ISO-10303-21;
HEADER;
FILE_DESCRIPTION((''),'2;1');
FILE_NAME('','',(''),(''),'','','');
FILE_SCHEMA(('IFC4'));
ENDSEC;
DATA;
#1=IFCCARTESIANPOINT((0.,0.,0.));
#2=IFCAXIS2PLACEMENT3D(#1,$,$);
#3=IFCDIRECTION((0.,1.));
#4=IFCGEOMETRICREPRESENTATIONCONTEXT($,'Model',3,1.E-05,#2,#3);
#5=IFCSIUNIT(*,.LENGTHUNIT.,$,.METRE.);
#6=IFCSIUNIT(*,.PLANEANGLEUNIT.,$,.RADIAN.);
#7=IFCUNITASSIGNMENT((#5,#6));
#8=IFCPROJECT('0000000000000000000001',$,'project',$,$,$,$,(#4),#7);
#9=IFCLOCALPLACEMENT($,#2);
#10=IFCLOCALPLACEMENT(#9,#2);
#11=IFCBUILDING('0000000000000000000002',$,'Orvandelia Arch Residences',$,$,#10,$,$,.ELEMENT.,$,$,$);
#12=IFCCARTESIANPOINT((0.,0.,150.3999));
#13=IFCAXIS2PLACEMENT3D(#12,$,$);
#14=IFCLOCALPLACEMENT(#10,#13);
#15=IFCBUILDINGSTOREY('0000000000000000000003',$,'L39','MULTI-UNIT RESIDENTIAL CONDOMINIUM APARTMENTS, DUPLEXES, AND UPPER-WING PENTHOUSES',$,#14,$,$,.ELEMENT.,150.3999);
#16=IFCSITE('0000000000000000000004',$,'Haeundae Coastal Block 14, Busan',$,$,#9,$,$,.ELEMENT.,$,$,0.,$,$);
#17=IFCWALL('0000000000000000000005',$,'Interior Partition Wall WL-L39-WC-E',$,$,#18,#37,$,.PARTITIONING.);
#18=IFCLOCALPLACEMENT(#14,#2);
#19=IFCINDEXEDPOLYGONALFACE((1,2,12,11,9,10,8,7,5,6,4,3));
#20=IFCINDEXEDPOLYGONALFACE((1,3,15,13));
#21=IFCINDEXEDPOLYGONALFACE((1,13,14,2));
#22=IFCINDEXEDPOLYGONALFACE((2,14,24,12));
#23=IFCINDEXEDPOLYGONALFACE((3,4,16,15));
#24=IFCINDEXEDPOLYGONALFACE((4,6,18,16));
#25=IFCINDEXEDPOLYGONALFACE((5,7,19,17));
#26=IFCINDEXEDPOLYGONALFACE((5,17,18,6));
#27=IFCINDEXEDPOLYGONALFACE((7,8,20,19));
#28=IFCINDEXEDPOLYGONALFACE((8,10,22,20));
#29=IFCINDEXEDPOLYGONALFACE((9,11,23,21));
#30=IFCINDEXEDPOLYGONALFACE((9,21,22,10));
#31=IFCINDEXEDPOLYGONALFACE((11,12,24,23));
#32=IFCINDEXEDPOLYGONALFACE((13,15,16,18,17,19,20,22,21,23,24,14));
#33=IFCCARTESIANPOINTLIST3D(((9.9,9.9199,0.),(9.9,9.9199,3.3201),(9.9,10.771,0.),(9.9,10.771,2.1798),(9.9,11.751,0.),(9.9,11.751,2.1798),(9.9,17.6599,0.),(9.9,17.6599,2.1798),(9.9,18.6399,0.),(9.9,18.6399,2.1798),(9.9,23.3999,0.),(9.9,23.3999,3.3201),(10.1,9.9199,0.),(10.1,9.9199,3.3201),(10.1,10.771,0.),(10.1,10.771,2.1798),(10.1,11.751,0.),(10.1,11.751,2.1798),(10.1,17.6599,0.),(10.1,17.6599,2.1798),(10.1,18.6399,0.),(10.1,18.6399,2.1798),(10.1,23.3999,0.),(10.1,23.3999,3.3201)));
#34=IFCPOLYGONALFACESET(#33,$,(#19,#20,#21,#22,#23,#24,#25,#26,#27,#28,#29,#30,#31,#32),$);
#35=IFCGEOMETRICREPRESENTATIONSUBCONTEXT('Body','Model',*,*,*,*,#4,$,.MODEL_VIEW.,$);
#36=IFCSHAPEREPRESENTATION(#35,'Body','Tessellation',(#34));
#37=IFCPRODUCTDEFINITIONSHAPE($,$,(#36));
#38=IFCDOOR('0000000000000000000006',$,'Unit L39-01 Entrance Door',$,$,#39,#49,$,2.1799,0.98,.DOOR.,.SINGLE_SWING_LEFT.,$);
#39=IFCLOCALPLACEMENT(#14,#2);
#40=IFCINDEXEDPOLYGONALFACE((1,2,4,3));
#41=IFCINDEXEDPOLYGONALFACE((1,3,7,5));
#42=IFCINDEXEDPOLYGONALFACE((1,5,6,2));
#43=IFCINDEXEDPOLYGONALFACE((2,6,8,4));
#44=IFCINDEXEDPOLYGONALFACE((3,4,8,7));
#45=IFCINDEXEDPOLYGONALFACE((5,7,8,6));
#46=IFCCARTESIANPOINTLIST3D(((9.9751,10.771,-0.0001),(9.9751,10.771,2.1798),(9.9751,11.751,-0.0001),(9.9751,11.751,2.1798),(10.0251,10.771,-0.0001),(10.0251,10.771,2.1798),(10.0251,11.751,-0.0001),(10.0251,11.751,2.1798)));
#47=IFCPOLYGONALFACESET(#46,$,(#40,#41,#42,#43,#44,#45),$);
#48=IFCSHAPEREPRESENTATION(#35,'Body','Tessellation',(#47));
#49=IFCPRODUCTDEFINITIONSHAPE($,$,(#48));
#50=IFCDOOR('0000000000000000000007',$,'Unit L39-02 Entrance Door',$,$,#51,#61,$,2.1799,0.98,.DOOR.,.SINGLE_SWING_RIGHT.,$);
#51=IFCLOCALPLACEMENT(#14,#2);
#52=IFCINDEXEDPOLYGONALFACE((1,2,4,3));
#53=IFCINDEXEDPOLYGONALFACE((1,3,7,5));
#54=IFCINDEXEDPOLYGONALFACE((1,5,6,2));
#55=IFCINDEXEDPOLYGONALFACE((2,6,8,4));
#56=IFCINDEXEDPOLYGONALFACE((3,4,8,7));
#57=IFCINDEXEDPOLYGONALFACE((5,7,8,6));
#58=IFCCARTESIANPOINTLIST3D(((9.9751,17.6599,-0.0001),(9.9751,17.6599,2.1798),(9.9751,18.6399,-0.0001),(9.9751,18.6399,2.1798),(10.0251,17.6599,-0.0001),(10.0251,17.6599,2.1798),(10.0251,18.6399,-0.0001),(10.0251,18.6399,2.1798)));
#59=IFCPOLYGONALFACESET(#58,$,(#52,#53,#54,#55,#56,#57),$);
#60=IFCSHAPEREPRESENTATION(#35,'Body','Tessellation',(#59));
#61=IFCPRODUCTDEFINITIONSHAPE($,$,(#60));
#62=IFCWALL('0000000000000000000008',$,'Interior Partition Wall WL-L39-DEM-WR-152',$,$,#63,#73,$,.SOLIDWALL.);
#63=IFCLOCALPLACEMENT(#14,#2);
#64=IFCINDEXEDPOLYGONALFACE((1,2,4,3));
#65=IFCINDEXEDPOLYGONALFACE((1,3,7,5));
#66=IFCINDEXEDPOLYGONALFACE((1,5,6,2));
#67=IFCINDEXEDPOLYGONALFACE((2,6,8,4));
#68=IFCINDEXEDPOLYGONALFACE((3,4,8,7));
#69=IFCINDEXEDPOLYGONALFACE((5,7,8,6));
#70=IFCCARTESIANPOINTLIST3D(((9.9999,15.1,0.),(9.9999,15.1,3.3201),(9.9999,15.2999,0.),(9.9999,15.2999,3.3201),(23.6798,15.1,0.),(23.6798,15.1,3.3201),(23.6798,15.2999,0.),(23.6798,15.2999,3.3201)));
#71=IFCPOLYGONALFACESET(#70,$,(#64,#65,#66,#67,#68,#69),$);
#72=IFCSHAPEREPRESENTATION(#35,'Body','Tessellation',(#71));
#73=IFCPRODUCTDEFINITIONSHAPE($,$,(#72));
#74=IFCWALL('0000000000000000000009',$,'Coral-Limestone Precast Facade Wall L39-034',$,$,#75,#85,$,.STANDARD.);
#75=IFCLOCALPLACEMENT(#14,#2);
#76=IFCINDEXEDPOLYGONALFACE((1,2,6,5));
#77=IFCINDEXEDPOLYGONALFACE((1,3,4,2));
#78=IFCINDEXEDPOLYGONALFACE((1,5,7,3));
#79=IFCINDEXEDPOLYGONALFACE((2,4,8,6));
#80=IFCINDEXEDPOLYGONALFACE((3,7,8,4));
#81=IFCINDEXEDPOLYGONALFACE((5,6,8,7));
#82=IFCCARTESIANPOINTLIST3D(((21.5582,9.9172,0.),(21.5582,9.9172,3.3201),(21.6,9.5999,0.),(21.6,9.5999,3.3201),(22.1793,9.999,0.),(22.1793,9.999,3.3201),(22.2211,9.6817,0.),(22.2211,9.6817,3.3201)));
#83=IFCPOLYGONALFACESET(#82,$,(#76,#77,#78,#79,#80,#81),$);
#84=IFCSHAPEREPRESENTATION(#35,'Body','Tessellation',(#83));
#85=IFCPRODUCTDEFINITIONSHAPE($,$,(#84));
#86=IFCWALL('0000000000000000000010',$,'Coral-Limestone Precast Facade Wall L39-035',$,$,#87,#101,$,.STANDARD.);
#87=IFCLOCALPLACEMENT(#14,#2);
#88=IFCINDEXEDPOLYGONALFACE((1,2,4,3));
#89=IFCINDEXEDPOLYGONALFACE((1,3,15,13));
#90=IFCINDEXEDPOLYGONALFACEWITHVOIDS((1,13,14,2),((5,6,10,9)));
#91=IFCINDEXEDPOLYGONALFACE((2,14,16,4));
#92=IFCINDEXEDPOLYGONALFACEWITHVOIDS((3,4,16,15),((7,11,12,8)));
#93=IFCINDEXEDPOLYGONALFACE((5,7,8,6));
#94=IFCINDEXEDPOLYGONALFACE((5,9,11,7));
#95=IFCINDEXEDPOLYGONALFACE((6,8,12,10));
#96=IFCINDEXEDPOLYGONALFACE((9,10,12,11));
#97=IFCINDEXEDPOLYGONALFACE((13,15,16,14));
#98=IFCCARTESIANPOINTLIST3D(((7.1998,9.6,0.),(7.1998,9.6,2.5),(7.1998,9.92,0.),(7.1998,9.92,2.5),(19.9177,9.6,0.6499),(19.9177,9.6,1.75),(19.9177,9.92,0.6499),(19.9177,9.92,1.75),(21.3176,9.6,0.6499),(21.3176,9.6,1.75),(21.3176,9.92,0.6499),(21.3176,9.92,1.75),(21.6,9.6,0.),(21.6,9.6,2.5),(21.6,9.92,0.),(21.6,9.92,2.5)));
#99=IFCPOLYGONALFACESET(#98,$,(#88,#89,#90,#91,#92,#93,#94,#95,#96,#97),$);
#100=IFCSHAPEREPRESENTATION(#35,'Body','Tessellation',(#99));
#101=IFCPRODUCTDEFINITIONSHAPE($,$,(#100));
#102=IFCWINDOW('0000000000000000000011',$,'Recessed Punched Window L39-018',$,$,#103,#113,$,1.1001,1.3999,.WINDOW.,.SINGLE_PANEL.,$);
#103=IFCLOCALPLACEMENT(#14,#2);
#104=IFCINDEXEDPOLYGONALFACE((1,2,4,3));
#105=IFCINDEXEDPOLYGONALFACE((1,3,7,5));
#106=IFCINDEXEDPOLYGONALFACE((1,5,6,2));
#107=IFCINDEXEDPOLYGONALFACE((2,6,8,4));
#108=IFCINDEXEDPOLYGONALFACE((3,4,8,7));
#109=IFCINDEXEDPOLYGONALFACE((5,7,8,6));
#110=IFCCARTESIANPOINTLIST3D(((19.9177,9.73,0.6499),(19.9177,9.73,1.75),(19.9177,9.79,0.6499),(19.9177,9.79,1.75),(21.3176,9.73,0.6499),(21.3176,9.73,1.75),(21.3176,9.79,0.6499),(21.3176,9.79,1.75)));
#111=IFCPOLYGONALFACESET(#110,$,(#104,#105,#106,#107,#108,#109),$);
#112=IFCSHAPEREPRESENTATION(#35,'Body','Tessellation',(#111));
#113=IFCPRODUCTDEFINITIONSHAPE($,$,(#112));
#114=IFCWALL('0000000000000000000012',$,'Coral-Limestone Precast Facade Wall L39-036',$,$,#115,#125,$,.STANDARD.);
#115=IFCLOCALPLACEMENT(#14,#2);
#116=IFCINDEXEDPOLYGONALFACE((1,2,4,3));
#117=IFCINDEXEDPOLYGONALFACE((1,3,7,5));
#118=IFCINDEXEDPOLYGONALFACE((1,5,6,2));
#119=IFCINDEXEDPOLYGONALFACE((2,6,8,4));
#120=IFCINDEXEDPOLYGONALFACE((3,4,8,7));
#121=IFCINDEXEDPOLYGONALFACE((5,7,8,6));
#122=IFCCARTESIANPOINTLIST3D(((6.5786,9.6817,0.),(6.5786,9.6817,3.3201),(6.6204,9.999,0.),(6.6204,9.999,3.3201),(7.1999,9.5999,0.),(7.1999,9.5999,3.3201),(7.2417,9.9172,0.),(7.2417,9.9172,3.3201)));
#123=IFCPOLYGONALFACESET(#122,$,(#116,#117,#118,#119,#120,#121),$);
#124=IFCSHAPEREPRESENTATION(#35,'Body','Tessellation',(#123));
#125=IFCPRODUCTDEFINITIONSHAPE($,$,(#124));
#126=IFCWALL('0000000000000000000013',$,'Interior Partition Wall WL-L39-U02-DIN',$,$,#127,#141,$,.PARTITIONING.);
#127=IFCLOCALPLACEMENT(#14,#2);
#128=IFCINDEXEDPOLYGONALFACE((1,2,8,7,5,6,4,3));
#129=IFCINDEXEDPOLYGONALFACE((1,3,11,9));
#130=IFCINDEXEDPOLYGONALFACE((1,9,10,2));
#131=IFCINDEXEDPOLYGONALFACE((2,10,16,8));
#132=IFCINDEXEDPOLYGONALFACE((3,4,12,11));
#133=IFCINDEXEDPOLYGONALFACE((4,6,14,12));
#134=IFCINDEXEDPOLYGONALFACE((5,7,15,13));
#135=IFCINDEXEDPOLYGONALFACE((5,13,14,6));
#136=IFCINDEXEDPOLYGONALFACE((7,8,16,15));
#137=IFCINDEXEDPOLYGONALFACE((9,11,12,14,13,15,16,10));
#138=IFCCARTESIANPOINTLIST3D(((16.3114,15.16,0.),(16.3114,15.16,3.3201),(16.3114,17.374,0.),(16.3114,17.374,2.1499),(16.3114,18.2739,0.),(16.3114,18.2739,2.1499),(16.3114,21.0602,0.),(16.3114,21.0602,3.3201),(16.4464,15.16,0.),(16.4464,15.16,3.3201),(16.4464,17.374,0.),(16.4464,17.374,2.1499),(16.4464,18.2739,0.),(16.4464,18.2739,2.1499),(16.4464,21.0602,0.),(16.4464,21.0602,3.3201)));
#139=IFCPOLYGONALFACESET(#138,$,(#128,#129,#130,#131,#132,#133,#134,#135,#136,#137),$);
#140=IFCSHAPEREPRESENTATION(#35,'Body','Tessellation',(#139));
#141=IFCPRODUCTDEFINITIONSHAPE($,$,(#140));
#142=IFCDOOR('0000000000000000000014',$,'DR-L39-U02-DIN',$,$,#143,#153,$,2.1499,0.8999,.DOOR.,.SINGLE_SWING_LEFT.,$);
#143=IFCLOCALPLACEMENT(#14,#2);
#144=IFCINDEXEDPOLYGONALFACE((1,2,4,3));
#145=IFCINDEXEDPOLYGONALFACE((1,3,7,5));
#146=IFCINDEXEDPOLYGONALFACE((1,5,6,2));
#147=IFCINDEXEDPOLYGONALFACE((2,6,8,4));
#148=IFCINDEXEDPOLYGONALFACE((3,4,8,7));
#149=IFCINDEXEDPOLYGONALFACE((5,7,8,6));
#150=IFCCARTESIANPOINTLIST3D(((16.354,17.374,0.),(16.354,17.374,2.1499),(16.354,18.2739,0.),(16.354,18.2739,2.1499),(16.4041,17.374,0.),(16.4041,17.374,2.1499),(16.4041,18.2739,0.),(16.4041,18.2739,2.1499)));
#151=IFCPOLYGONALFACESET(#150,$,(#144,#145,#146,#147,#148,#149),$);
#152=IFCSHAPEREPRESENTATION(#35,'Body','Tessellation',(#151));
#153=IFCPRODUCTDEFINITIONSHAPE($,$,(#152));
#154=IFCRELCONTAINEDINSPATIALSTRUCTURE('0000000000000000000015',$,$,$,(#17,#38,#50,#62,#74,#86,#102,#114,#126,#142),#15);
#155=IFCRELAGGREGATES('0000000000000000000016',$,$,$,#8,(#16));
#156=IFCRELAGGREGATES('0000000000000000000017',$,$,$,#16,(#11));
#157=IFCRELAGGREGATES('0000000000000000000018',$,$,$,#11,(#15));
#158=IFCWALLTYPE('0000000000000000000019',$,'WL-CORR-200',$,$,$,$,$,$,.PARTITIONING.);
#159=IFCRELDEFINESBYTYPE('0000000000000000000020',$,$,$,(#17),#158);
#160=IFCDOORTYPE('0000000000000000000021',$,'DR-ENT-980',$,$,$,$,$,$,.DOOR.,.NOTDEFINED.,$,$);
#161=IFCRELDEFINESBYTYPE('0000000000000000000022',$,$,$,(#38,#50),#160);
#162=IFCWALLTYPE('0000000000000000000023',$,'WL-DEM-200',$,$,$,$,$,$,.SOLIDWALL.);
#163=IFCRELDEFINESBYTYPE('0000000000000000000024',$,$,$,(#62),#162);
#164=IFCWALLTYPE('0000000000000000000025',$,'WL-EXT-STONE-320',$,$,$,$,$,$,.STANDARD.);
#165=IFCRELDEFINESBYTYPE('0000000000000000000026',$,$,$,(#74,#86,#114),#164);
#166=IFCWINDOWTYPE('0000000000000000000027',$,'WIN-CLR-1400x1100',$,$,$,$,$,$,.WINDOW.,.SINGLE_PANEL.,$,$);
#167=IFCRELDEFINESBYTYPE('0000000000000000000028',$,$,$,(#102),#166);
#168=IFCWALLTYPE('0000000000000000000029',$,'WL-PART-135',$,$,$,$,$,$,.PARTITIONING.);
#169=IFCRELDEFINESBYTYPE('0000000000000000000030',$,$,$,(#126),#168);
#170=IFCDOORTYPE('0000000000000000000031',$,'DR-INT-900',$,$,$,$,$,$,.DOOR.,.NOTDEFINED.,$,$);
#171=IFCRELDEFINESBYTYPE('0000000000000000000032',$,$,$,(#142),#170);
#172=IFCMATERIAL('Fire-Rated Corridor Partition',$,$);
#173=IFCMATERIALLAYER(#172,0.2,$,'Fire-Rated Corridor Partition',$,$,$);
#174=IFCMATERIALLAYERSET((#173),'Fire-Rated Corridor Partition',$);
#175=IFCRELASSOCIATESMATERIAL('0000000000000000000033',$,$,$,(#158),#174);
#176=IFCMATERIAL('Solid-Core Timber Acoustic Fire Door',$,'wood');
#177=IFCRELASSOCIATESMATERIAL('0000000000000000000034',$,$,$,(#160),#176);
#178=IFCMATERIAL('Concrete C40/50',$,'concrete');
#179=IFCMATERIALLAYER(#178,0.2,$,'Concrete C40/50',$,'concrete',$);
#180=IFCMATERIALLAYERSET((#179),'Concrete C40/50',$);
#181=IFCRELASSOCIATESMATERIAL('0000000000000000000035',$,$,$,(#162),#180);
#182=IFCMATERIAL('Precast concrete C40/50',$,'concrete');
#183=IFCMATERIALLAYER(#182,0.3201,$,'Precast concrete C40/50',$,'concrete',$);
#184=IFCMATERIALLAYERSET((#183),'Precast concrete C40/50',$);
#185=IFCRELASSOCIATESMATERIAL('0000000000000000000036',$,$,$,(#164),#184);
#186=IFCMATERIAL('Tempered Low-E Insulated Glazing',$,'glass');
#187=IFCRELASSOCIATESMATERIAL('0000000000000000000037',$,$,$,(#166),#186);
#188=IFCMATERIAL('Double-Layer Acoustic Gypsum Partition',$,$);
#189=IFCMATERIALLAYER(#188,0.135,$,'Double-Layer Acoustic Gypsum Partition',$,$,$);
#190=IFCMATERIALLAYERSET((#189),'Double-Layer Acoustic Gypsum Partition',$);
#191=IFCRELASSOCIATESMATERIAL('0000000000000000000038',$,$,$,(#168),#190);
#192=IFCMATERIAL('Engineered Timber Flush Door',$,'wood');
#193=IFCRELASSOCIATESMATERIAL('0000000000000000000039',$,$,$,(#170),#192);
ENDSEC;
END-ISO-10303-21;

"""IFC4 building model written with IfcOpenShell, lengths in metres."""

from ifc_helpers import new_model, si_unit, direction, frame, frame_2d, origin, place, context, subcontext, project, spatial, rectangle, extrude, material, layer, layer_set, type_object, element, fill, save


model = new_model("IFC4")

# Units and contexts
model_context = context("Model", 3, precision=1e-05, world=origin(), true_north=direction((0.0, 1.0)))
body_context = subcontext(model_context, "Body", "Model", "MODEL_VIEW")
ifc_project = project(units=[si_unit("LENGTHUNIT", "METRE"), si_unit("PLANEANGLEUNIT", "RADIAN")], contexts=[model_context])

# Site, building, storey
site_placement = place(None, origin())
site = spatial("IfcSite", under=ifc_project, at=site_placement, Name="Haeundae Coastal Block 14, Busan", CompositionType="ELEMENT", RefElevation=0.0)
building_placement = place(site_placement, origin())
building = spatial("IfcBuilding", under=site, at=building_placement, Name="Orvandelia Arch Residences", CompositionType="ELEMENT")
storey_placement = place(building_placement, frame((0.0, 0.0, 150.3999)))
storey = spatial("IfcBuildingStorey", under=building, at=storey_placement, Name="L39", Description="MULTI-UNIT RESIDENTIAL CONDOMINIUM APARTMENTS, DUPLEXES, AND UPPER-WING PENTHOUSES", CompositionType="ELEMENT", Elevation=150.3999)

# Wall, openings, doors
ifc_material_1 = material(Name="Fire-Rated Corridor Partition")
ifc_layer_1 = layer(ifc_material_1, 0.2, Name="Fire-Rated Corridor Partition")
ifc_layer_set_1 = layer_set([ifc_layer_1], Name="Fire-Rated Corridor Partition")
wall_type_1 = type_object("IfcWallType", Name="WL-CORR-200", PredefinedType="PARTITIONING", material=ifc_layer_set_1)
wall_1_placement = place(storey_placement, frame((10.0, 9.9199, 0.0), z_axis=(0.0, 0.0, 1.0), x_axis=(0.0, 1.0, 0.0)))
wall_1 = element("IfcWall", 1, at=wall_1_placement, inside=storey, type_object=wall_type_1, Name="Interior Partition Wall WL-L39-WC-E", PredefinedType="PARTITIONING", context=body_context, shape_type="SweptSolid", body=[
    extrude(rectangle(XDim=13.48, YDim=0.2, at=frame_2d((6.74, 0.0))), origin(), (0.0, 0.0, 1.0), 3.3201),
])
opening_1_placement = place(wall_1_placement, frame((0.8511, 0.0, 0.0)))
opening_1 = element("IfcOpeningElement", 2, at=opening_1_placement, cuts=wall_1, PredefinedType="OPENING", context=body_context, shape_type="SweptSolid", body=[
    extrude(rectangle(XDim=0.98, YDim=2.1799, at=frame_2d((0.49, 1.0898))), frame((0.0, 0.1099, 0.0), z_axis=(0.0, -1.0, 0.0), x_axis=(1.0, 0.0, 0.0)), (0.0, 0.0, 1.0), 0.22),
])
opening_2_placement = place(wall_1_placement, frame((7.74, 0.0, 0.0)))
opening_2 = element("IfcOpeningElement", 3, at=opening_2_placement, cuts=wall_1, PredefinedType="OPENING", context=body_context, shape_type="SweptSolid", body=[
    extrude(rectangle(XDim=0.98, YDim=2.1799, at=frame_2d((0.49, 1.0898))), frame((0.0, 0.1099, 0.0), z_axis=(0.0, -1.0, 0.0), x_axis=(1.0, 0.0, 0.0)), (0.0, 0.0, 1.0), 0.22),
])
ifc_material_2 = material(Name="Solid-Core Timber Acoustic Fire Door", Category="wood")
door_type_1 = type_object("IfcDoorType", Name="DR-ENT-980", OperationType="NOTDEFINED", PredefinedType="DOOR", material=ifc_material_2)
door_1_placement = place(opening_1_placement, origin())
door_1 = element("IfcDoor", 4, at=door_1_placement, inside=storey, type_object=door_type_1, Name="Unit L39-01 Entrance Door", OperationType="SINGLE_SWING_LEFT", OverallHeight=2.1799, OverallWidth=0.98, PredefinedType="DOOR", context=body_context, shape_type="SweptSolid", body=[
    extrude(rectangle(XDim=0.98, YDim=2.1799, at=frame_2d((0.49, 1.0898))), frame((0.0, 0.0249, 0.0), z_axis=(0.0, -1.0, 0.0), x_axis=(1.0, 0.0, 0.0)), (0.0, 0.0, 1.0), 0.05),
])
fill(opening_1, door_1)
door_2_placement = place(opening_2_placement, origin())
door_2 = element("IfcDoor", 5, at=door_2_placement, inside=storey, type_object=door_type_1, Name="Unit L39-02 Entrance Door", OperationType="SINGLE_SWING_RIGHT", OverallHeight=2.1799, OverallWidth=0.98, PredefinedType="DOOR", context=body_context, shape_type="SweptSolid", body=[
    extrude(rectangle(XDim=0.98, YDim=2.1799, at=frame_2d((0.49, 1.0898))), frame((0.0, 0.0249, 0.0), z_axis=(0.0, -1.0, 0.0), x_axis=(1.0, 0.0, 0.0)), (0.0, 0.0, 1.0), 0.05),
])
fill(opening_2, door_2)

# Walls
ifc_material_3 = material(Name="Concrete C40/50", Category="concrete")
ifc_layer_2 = layer(ifc_material_3, 0.2, Name="Concrete C40/50", Category="concrete")
ifc_layer_set_2 = layer_set([ifc_layer_2], Name="Concrete C40/50")
wall_type_2 = type_object("IfcWallType", Name="WL-DEM-200", PredefinedType="SOLIDWALL", material=ifc_layer_set_2)
wall_2_placement = place(storey_placement, frame((10.0, 15.2, 0.0), z_axis=(0.0, 0.0, 1.0), x_axis=(1.0, 0.0, 0.0)))
element("IfcWall", 6, at=wall_2_placement, inside=storey, type_object=wall_type_2, Name="Interior Partition Wall WL-L39-DEM-WR-152", PredefinedType="SOLIDWALL", context=body_context, shape_type="SweptSolid", body=[
    extrude(rectangle(XDim=13.6799, YDim=0.2, at=frame_2d((6.8398, 0.0))), origin(), (0.0, 0.0, 1.0), 3.3201),
])
ifc_material_4 = material(Name="Precast concrete C40/50", Category="concrete")
ifc_layer_3 = layer(ifc_material_4, 0.3201, Name="Precast concrete C40/50", Category="concrete")
ifc_layer_set_3 = layer_set([ifc_layer_3], Name="Precast concrete C40/50")
wall_type_3 = type_object("IfcWallType", Name="WL-EXT-STONE-320", PredefinedType="STANDARD", material=ifc_layer_set_3)
wall_3_placement = place(storey_placement, frame((22.2002, 9.8403, 0.0), z_axis=(0.0, 0.0, 1.0), x_axis=(-0.991441, -0.130555, 0.0)))
element("IfcWall", 7, at=wall_3_placement, inside=storey, type_object=wall_type_3, Name="Coral-Limestone Precast Facade Wall L39-034", PredefinedType="STANDARD", context=body_context, shape_type="SweptSolid", body=[
    extrude(rectangle(XDim=0.6265, YDim=0.3201, at=frame_2d((0.3132, 0.0))), origin(), (0.0, 0.0, 1.0), 3.3201),
])

# Wall, opening, window
wall_4_placement = place(storey_placement, frame((21.6001, 9.76, 0.0), z_axis=(0.0, 0.0, 1.0), x_axis=(-1.0, 0.0, 0.0)))
wall_4 = element("IfcWall", 8, at=wall_4_placement, inside=storey, type_object=wall_type_3, Name="Coral-Limestone Precast Facade Wall L39-035", PredefinedType="STANDARD", context=body_context, shape_type="SweptSolid", body=[
    extrude(rectangle(XDim=14.4001, YDim=0.3201, at=frame_2d((7.2002, 0.0))), origin(), (0.0, 0.0, 1.0), 2.5),
])
opening_3_placement = place(wall_4_placement, frame((0.2825, 0.0, 0.6499)))
opening_3 = element("IfcOpeningElement", 9, at=opening_3_placement, cuts=wall_4, PredefinedType="OPENING", context=body_context, shape_type="SweptSolid", body=[
    extrude(rectangle(XDim=1.3999, YDim=1.1001, at=frame_2d((0.7, 0.55))), frame((0.0, 0.1699, 0.0), z_axis=(0.0, -1.0, 0.0), x_axis=(1.0, 0.0, 0.0)), (0.0, 0.0, 1.0), 0.3401),
])
ifc_material_5 = material(Name="Tempered Low-E Insulated Glazing", Category="glass")
window_type = type_object("IfcWindowType", Name="WIN-CLR-1400x1100", PartitioningType="SINGLE_PANEL", PredefinedType="WINDOW", material=ifc_material_5)
window_placement = place(opening_3_placement, origin())
window = element("IfcWindow", 10, at=window_placement, inside=storey, type_object=window_type, Name="Recessed Punched Window L39-018", OverallHeight=1.1001, OverallWidth=1.3999, PartitioningType="SINGLE_PANEL", PredefinedType="WINDOW", context=body_context, shape_type="SweptSolid", body=[
    extrude(rectangle(XDim=1.3999, YDim=1.1001, at=frame_2d((0.7, 0.55))), frame((0.0, 0.03, 0.0), z_axis=(0.0, -1.0, 0.0), x_axis=(1.0, 0.0, 0.0)), (0.0, 0.0, 1.0), 0.0601),
])
fill(opening_3, window)

# Wall
wall_5_placement = place(storey_placement, frame((7.2209, 9.7585, 0.0), z_axis=(0.0, 0.0, 1.0), x_axis=(-0.991448, 0.130505, 0.0)))
element("IfcWall", 11, at=wall_5_placement, inside=storey, type_object=wall_type_3, Name="Coral-Limestone Precast Facade Wall L39-036", PredefinedType="STANDARD", context=body_context, shape_type="SweptSolid", body=[
    extrude(rectangle(XDim=0.6267, YDim=0.3201, at=frame_2d((0.3135, 0.0))), origin(), (0.0, 0.0, 1.0), 3.3201),
])

# Wall, opening, door
ifc_material_6 = material(Name="Double-Layer Acoustic Gypsum Partition")
ifc_layer_4 = layer(ifc_material_6, 0.135, Name="Double-Layer Acoustic Gypsum Partition")
ifc_layer_set_4 = layer_set([ifc_layer_4], Name="Double-Layer Acoustic Gypsum Partition")
wall_type_4 = type_object("IfcWallType", Name="WL-PART-135", PredefinedType="PARTITIONING", material=ifc_layer_set_4)
wall_6_placement = place(storey_placement, frame((16.3789, 15.1599, 0.0), z_axis=(0.0, 0.0, 1.0), x_axis=(0.0, 1.0, 0.0)))
wall_6 = element("IfcWall", 12, at=wall_6_placement, inside=storey, type_object=wall_type_4, Name="Interior Partition Wall WL-L39-U02-DIN", PredefinedType="PARTITIONING", context=body_context, shape_type="SweptSolid", body=[
    extrude(rectangle(XDim=5.9001, YDim=0.135, at=frame_2d((2.9502, 0.0))), origin(), (0.0, 0.0, 1.0), 3.3201),
])
opening_4_placement = place(wall_6_placement, frame((2.2141, 0.0, 0.0)))
opening_4 = element("IfcOpeningElement", 13, at=opening_4_placement, cuts=wall_6, PredefinedType="OPENING", context=body_context, shape_type="SweptSolid", body=[
    extrude(rectangle(XDim=0.8999, YDim=2.1499, at=frame_2d((0.45, 1.075))), frame((0.0, 0.0776, 0.0), z_axis=(0.0, -1.0, 0.0), x_axis=(1.0, 0.0, 0.0)), (0.0, 0.0, 1.0), 0.155),
])
ifc_material_7 = material(Name="Engineered Timber Flush Door", Category="wood")
door_type_2 = type_object("IfcDoorType", Name="DR-INT-900", OperationType="NOTDEFINED", PredefinedType="DOOR", material=ifc_material_7)
door_3_placement = place(opening_4_placement, origin())
door_3 = element("IfcDoor", 14, at=door_3_placement, inside=storey, type_object=door_type_2, Name="DR-L39-U02-DIN", OperationType="SINGLE_SWING_LEFT", OverallHeight=2.1499, OverallWidth=0.8999, PredefinedType="DOOR", context=body_context, shape_type="SweptSolid", body=[
    extrude(rectangle(XDim=0.8999, YDim=2.1499, at=frame_2d((0.45, 1.075))), frame((0.0, 0.0249, 0.0), z_axis=(0.0, -1.0, 0.0), x_axis=(1.0, 0.0, 0.0)), (0.0, 0.0, 1.0), 0.05),
])
fill(opening_4, door_3)

save(model, "model.ifc")
